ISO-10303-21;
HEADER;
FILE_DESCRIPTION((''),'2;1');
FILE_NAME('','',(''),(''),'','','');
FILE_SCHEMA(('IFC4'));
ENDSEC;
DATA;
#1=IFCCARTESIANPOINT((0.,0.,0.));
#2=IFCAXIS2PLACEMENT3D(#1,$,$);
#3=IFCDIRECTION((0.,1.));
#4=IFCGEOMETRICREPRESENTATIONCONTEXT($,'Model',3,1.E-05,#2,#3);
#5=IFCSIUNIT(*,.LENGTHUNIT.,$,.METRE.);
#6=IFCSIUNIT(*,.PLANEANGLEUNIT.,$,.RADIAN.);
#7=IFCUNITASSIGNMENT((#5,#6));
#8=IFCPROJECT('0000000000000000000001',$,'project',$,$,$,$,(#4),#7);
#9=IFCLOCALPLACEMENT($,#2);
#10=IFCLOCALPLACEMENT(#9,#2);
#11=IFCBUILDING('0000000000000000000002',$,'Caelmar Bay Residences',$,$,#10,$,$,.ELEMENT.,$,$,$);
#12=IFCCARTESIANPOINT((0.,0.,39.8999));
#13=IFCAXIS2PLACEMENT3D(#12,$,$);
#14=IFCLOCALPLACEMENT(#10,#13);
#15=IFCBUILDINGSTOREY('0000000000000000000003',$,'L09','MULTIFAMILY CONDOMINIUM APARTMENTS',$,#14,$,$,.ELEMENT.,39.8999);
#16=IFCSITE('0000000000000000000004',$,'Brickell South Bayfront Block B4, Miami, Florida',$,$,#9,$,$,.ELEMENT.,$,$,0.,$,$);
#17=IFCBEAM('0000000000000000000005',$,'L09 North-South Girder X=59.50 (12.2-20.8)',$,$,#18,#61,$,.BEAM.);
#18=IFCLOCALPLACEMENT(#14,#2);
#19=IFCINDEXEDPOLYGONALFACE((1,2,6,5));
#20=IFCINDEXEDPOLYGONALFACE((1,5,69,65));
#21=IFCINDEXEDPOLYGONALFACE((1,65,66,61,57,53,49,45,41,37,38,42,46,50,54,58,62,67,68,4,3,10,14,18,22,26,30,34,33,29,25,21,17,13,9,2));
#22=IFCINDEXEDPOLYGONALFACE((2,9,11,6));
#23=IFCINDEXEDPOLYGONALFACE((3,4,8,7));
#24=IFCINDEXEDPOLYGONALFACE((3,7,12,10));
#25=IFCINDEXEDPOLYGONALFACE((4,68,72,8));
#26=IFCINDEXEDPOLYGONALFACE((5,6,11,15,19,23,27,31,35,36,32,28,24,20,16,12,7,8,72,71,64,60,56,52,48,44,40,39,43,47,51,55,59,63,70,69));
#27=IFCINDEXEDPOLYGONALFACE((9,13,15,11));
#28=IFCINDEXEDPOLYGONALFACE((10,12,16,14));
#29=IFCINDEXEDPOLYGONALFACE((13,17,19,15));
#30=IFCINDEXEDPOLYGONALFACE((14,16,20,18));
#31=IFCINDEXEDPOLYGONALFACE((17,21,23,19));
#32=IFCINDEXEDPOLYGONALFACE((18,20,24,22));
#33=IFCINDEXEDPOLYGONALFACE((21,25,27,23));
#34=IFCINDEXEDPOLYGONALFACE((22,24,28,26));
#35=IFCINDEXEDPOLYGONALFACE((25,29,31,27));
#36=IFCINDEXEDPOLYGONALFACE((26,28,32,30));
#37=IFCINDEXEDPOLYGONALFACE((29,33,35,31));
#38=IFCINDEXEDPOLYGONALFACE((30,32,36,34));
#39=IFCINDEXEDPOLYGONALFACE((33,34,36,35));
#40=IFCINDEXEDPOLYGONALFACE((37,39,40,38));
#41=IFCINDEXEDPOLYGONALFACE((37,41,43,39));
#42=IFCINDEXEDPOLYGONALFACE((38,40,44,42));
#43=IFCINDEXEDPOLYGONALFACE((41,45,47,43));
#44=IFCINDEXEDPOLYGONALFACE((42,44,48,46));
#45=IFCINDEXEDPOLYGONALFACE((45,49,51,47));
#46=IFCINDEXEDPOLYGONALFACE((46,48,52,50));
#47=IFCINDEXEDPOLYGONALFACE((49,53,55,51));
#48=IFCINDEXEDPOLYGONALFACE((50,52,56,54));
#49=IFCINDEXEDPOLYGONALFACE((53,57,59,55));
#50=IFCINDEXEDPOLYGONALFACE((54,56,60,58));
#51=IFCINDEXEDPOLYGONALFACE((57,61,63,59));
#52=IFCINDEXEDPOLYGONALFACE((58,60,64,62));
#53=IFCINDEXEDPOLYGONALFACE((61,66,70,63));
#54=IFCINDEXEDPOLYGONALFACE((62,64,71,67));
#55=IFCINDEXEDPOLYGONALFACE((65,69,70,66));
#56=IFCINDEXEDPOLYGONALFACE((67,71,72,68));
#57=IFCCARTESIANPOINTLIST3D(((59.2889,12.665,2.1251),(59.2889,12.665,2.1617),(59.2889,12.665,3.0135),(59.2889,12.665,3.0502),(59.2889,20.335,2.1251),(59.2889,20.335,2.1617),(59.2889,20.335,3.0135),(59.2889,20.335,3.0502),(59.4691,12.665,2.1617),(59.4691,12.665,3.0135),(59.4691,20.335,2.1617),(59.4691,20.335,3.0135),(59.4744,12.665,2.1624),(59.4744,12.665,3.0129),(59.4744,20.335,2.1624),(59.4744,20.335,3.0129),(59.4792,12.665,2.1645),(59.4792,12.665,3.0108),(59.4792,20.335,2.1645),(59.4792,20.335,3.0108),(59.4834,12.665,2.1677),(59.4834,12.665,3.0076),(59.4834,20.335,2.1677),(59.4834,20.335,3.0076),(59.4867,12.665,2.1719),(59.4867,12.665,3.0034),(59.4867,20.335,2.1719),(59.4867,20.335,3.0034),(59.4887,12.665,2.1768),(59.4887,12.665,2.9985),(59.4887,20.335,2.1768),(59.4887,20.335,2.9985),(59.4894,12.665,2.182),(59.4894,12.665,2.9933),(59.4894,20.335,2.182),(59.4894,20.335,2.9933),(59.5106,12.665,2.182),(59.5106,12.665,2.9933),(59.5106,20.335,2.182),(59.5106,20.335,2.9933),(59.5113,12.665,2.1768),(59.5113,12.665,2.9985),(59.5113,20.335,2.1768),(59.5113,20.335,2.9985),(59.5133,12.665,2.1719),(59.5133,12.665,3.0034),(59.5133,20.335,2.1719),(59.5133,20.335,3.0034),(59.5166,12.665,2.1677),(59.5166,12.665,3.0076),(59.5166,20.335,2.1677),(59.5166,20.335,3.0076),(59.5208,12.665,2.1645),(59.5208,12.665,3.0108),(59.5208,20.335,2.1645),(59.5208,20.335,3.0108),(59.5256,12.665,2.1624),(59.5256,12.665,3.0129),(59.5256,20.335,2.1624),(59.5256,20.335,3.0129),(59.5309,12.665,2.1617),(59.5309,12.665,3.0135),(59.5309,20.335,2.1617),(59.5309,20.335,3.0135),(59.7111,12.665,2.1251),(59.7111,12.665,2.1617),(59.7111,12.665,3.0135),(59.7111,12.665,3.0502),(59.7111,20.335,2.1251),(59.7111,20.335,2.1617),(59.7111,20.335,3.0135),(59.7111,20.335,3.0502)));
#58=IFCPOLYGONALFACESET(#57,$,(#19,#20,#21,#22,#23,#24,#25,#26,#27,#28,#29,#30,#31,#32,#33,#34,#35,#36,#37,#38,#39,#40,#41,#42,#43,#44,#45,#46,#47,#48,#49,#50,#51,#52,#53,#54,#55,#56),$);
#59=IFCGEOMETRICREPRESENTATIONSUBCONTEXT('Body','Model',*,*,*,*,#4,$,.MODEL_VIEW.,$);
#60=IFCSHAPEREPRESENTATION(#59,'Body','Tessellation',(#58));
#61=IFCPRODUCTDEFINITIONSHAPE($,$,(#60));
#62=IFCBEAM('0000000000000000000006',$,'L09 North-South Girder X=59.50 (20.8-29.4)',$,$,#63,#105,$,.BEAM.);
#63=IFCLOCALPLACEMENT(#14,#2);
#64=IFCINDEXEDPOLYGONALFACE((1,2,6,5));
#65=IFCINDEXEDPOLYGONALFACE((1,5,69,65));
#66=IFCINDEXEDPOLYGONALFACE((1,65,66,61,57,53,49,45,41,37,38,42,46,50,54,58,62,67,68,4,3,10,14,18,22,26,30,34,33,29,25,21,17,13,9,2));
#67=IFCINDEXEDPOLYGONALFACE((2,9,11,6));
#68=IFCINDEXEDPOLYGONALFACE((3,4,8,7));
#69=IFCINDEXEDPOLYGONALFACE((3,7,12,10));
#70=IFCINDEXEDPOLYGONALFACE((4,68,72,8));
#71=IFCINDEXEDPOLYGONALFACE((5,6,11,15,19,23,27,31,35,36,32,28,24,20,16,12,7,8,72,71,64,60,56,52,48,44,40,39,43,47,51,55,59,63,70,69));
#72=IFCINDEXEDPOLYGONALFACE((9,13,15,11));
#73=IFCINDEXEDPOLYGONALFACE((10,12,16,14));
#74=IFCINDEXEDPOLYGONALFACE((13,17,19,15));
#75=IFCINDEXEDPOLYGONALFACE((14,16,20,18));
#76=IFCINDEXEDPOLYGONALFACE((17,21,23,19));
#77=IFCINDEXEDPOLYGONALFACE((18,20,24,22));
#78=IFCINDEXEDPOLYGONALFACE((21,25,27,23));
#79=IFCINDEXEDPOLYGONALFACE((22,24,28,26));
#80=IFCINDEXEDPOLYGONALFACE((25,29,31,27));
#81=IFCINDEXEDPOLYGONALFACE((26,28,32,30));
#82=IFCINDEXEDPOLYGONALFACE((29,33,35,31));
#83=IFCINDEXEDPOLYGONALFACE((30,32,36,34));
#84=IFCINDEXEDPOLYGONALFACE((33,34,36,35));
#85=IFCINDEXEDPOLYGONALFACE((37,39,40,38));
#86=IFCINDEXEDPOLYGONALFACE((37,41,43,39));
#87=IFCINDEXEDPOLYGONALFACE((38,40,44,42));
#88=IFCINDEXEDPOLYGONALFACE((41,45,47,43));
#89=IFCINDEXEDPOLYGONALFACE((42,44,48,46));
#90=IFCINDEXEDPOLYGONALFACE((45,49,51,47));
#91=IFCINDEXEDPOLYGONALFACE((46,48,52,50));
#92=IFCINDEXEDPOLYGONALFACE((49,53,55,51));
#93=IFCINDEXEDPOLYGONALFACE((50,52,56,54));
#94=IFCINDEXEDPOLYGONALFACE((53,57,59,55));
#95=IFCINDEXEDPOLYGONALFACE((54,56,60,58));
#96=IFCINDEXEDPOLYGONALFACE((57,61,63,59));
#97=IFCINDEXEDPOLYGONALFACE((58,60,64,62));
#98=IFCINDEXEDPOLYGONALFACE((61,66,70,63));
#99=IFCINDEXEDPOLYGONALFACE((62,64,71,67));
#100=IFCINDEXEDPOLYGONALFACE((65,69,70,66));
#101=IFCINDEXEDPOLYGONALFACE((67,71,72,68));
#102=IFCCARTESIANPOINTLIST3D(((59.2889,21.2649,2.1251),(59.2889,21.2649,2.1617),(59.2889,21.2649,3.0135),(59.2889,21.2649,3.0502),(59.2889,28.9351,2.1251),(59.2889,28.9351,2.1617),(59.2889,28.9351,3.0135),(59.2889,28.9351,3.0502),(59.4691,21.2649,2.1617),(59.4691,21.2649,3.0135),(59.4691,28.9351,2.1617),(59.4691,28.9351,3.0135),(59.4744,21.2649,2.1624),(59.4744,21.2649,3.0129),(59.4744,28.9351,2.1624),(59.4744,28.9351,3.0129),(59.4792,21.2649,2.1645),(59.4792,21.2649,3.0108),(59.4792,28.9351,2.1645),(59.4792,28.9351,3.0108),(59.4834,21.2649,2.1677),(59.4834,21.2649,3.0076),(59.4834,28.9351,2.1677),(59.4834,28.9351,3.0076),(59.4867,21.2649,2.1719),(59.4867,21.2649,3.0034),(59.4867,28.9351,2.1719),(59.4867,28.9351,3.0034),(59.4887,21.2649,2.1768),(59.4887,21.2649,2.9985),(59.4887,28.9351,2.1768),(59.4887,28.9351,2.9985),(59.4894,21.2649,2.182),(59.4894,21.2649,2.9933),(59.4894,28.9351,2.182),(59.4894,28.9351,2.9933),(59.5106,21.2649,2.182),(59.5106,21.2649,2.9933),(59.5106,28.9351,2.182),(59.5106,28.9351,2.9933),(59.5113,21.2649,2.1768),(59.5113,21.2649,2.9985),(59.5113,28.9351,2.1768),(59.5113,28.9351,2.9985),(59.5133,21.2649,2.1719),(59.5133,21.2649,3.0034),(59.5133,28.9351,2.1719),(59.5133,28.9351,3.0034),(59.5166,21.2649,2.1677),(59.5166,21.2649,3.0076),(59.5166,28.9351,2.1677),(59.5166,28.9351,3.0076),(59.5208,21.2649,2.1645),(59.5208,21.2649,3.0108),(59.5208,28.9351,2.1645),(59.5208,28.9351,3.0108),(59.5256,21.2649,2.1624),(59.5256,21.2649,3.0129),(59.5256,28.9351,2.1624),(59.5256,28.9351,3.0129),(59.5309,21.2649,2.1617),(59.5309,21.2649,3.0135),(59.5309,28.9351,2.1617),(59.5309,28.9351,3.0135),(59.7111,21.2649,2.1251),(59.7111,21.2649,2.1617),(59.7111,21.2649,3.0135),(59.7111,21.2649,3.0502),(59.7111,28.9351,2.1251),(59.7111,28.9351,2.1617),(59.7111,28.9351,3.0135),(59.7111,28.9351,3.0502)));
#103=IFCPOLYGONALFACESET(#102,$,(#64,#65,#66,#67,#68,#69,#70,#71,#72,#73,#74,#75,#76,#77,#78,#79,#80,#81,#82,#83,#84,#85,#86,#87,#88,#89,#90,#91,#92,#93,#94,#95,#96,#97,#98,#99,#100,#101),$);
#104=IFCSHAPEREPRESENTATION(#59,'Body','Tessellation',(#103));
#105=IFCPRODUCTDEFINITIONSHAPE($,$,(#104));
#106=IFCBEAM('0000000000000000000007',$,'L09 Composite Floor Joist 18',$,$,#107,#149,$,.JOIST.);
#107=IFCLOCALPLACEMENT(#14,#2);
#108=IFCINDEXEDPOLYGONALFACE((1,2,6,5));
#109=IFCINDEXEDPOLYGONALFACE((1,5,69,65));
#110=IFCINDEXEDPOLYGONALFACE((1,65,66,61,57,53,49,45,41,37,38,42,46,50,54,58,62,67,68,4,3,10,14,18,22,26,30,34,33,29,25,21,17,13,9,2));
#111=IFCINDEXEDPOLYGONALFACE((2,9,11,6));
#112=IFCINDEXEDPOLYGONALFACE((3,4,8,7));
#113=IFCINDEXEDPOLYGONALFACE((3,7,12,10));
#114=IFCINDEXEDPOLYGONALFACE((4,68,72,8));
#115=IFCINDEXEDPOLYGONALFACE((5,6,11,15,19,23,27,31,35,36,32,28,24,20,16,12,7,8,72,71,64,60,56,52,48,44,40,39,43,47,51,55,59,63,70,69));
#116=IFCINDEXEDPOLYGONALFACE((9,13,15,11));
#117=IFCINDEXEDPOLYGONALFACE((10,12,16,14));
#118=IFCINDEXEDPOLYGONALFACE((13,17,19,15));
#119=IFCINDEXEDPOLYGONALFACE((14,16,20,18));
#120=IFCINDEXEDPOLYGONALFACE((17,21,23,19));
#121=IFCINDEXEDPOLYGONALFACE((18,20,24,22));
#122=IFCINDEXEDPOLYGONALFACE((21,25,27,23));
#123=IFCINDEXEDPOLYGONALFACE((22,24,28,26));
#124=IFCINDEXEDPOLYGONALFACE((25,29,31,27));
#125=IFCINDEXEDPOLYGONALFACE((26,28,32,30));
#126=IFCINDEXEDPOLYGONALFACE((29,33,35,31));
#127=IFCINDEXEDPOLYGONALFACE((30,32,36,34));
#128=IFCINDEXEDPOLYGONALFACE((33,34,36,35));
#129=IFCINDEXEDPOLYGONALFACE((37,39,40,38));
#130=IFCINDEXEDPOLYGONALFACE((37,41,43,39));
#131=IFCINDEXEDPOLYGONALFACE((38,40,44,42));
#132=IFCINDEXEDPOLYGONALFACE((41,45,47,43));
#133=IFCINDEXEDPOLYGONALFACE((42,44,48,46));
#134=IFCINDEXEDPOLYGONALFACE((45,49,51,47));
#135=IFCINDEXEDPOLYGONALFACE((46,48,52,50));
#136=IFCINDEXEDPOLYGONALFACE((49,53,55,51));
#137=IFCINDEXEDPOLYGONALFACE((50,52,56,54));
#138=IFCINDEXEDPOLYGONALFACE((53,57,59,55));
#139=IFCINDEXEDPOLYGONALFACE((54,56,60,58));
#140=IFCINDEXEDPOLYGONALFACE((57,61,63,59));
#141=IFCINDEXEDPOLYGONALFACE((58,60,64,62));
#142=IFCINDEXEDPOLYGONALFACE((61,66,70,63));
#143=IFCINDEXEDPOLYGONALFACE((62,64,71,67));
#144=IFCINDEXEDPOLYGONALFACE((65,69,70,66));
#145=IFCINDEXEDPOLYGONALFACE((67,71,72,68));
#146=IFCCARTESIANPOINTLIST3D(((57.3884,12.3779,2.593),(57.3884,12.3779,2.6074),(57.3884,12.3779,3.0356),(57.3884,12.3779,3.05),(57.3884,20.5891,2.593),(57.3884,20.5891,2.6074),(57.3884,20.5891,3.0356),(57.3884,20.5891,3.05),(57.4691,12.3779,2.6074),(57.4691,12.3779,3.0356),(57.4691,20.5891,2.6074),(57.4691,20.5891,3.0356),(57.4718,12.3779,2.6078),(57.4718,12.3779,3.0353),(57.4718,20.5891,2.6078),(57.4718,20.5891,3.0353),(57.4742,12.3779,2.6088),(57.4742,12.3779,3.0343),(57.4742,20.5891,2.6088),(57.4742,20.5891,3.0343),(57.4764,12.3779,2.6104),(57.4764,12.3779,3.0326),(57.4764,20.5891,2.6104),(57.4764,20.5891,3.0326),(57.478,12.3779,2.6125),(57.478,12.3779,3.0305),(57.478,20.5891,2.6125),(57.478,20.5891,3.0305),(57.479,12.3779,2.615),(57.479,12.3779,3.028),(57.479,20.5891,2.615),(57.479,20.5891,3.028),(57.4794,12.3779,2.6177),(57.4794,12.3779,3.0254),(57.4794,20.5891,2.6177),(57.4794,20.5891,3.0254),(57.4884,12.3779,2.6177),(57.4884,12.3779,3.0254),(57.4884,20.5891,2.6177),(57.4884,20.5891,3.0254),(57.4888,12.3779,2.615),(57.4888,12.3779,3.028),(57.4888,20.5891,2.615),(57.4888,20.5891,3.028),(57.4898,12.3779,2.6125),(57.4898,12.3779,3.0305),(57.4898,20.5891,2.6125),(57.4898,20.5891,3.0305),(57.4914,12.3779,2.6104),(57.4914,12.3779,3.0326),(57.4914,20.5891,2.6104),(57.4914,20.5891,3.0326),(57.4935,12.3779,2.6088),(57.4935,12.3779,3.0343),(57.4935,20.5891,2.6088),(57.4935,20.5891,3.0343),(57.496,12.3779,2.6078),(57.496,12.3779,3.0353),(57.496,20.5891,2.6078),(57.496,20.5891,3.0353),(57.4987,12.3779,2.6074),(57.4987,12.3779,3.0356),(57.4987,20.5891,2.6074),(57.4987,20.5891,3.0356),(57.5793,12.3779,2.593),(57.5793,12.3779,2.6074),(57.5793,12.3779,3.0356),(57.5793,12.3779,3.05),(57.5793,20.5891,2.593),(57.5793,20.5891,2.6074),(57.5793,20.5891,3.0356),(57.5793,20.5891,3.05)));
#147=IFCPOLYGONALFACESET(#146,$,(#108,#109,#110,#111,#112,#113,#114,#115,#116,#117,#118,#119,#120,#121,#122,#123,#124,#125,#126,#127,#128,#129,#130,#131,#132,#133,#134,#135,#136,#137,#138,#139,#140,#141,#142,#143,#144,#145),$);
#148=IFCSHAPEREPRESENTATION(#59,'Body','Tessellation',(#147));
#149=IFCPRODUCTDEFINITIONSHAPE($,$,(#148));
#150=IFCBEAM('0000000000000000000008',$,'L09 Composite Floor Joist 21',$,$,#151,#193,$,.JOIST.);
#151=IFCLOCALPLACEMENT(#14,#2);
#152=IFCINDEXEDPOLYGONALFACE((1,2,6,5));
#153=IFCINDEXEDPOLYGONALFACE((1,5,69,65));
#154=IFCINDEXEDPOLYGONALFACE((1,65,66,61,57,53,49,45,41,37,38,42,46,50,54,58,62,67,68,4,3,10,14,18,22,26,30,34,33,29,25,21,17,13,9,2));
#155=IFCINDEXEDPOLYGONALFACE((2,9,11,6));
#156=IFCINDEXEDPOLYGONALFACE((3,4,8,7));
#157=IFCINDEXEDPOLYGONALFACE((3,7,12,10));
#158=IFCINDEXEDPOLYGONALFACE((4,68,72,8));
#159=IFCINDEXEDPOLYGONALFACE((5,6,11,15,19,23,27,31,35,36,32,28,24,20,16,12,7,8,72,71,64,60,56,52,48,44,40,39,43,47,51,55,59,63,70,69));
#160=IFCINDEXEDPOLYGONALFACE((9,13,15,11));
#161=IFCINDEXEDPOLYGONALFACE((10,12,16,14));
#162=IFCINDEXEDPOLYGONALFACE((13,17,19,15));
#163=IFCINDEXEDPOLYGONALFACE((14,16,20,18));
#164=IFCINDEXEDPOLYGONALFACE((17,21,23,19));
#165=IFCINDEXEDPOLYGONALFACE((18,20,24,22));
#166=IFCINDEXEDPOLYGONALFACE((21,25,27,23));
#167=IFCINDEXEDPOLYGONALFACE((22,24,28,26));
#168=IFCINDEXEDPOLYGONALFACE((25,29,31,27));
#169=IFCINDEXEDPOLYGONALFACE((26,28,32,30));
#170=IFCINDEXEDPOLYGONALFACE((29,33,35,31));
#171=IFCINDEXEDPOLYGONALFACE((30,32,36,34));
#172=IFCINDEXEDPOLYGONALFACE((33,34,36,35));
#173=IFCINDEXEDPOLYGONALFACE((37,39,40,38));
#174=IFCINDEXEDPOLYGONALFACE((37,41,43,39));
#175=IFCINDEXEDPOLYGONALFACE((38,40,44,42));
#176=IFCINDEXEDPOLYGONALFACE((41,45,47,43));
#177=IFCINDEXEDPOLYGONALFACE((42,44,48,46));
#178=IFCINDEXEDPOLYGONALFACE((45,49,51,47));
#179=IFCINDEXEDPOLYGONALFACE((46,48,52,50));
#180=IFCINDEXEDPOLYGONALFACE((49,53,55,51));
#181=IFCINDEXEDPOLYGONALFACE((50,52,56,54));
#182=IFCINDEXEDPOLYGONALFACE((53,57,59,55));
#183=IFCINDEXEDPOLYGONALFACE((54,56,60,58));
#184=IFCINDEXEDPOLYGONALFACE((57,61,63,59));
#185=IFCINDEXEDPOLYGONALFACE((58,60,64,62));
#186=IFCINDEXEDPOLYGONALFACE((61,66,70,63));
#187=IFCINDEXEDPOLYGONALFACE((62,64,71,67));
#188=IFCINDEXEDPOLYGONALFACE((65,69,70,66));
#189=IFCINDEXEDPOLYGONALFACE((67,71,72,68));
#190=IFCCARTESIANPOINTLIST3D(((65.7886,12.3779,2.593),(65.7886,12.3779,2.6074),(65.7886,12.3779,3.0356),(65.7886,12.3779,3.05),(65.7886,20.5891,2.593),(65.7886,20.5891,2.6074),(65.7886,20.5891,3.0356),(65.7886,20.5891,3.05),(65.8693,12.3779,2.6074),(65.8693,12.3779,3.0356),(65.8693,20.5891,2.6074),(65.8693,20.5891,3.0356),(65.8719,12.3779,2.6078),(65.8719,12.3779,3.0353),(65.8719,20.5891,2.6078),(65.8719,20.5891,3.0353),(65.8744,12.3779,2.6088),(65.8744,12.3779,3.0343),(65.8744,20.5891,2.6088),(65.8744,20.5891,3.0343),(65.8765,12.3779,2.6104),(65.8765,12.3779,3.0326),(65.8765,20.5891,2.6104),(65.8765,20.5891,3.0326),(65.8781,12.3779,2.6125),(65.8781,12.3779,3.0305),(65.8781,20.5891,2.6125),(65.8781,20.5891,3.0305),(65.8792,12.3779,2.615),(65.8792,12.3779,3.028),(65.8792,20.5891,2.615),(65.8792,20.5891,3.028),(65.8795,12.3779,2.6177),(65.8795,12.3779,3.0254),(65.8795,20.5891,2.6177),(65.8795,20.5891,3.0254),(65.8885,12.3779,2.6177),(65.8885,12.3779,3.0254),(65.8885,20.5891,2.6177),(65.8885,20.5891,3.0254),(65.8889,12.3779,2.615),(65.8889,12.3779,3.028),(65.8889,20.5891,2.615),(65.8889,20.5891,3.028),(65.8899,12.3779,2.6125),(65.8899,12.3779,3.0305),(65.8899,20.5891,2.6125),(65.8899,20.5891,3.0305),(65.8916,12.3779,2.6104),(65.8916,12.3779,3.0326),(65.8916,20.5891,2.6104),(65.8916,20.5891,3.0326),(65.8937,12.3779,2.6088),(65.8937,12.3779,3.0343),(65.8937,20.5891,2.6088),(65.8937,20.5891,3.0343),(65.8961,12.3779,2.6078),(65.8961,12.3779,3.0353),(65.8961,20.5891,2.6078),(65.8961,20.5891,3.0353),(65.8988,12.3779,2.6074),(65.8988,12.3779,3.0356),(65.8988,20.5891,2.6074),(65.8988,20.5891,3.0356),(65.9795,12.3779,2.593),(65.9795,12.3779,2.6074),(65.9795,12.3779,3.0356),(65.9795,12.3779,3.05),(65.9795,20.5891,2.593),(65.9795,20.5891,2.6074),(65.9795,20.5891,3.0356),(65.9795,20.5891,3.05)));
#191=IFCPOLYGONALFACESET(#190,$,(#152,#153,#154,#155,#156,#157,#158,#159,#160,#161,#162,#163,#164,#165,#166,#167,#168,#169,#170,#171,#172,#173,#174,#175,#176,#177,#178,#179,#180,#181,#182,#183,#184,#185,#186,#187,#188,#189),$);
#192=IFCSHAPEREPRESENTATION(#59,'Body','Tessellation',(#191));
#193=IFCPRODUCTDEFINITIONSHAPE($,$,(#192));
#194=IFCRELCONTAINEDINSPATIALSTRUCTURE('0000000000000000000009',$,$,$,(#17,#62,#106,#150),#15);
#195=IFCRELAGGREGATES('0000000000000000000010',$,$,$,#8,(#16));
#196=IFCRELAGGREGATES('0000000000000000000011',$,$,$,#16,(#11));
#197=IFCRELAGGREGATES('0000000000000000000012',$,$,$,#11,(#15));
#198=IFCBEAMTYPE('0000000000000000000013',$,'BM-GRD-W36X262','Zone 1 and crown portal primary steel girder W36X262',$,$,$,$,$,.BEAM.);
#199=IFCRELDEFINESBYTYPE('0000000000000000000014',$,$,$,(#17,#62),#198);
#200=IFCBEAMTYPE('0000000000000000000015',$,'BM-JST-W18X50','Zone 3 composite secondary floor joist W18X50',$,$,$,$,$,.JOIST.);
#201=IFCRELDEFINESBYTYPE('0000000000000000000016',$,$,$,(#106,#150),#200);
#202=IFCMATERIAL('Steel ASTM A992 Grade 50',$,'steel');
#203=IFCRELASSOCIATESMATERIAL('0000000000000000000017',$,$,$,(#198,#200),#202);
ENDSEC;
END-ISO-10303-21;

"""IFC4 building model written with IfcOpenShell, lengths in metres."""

from ifc_helpers import new_model, si_unit, direction, frame, origin, origin_2d, place, context, subcontext, project, spatial, i_section, extrude, material, material_profile, profile_set, type_object, element, save


model = new_model("IFC4")

# Units and contexts
model_context = context("Model", 3, precision=1e-05, world=origin(), true_north=direction((0.0, 1.0)))
body_context = subcontext(model_context, "Body", "Model", "MODEL_VIEW")
ifc_project = project(units=[si_unit("LENGTHUNIT", "METRE"), si_unit("PLANEANGLEUNIT", "RADIAN")], contexts=[model_context])

# Site, building, storey
site_placement = place(None, origin())
site = spatial("IfcSite", under=ifc_project, at=site_placement, Name="Brickell South Bayfront Block B4, Miami, Florida", CompositionType="ELEMENT", RefElevation=0.0)
building_placement = place(site_placement, origin())
building = spatial("IfcBuilding", under=site, at=building_placement, Name="Caelmar Bay Residences", CompositionType="ELEMENT")
storey_placement = place(building_placement, frame((0.0, 0.0, 39.8999)))
storey = spatial("IfcBuildingStorey", under=building, at=storey_placement, Name="L09", Description="MULTIFAMILY CONDOMINIUM APARTMENTS", CompositionType="ELEMENT", Elevation=39.8999)

# Beams
ifc_material_1 = material(Name="Steel ASTM A992 Grade 50", Category="steel")
ifc_material_profile_1 = material_profile(ifc_material_1, i_section(OverallWidth=0.4221, OverallDepth=0.925, WebThickness=0.0212, FlangeThickness=0.0366, FilletRadius=0.0203, at=origin_2d()), Name="W36X262")
ifc_profile_set_1 = profile_set([ifc_material_profile_1], Name="Steel ASTM A992 Grade 50")
beam_type_1 = type_object("IfcBeamType", Name="BM-GRD-W36X262", Description="Zone 1 and crown portal primary steel girder W36X262", PredefinedType="BEAM", material=ifc_profile_set_1)
for number, where, z_axis, x_axis, name in (
    (1, (59.5, 12.665, 2.5876), (0.0, 1.0, 0.0), (-1.0, 0.0, 0.0), "L09 North-South Girder X=59.50 (12.2-20.8)"),
):
    element("IfcBeam", number, at=place(storey_placement, frame(where, z_axis=z_axis, x_axis=x_axis)), inside=storey, type_object=beam_type_1, Name=name, PredefinedType="BEAM", context=body_context, shape_type="SweptSolid", body=[
        extrude(i_section(OverallWidth=0.4221, OverallDepth=0.925, WebThickness=0.0212, FlangeThickness=0.0366, FilletRadius=0.0203, at=origin_2d()), origin(), (0.0, 0.0, 1.0), 7.6699),
    ])
beam_placement = place(storey_placement, frame((59.5, 21.2649, 2.5876), z_axis=(0.0, 1.0, 0.0), x_axis=(-1.0, 0.0, 0.0)))
element("IfcBeam", 2, at=beam_placement, inside=storey, type_object=beam_type_1, Name="L09 North-South Girder X=59.50 (20.8-29.4)", PredefinedType="BEAM", context=body_context, shape_type="SweptSolid", body=[
    extrude(i_section(OverallWidth=0.4221, OverallDepth=0.925, WebThickness=0.0212, FlangeThickness=0.0366, FilletRadius=0.0203, at=origin_2d()), origin(), (0.0, 0.0, 1.0), 7.6702),
])
ifc_material_profile_2 = material_profile(ifc_material_1, i_section(OverallWidth=0.1909, OverallDepth=0.457, WebThickness=0.009, FlangeThickness=0.0144, FilletRadius=0.0103, at=origin_2d()), Name="W18X50")
ifc_profile_set_2 = profile_set([ifc_material_profile_2], Name="Steel ASTM A992 Grade 50")
beam_type_2 = type_object("IfcBeamType", Name="BM-JST-W18X50", Description="Zone 3 composite secondary floor joist W18X50", PredefinedType="JOIST", material=ifc_profile_set_2)
for number, where, z_axis, x_axis, name in (
    (3, (57.4839, 12.3779, 2.8215), (0.0, 1.0, 0.0), (-1.0, 0.0, 0.0), "L09 Composite Floor Joist 18"),
    (4, (65.884, 12.3779, 2.8215), (0.0, 1.0, 0.0), (-1.0, 0.0, 0.0), "L09 Composite Floor Joist 21"),
):
    element("IfcBeam", number, at=place(storey_placement, frame(where, z_axis=z_axis, x_axis=x_axis)), inside=storey, type_object=beam_type_2, Name=name, PredefinedType="JOIST", context=body_context, shape_type="SweptSolid", body=[
        extrude(i_section(OverallWidth=0.1909, OverallDepth=0.457, WebThickness=0.009, FlangeThickness=0.0144, FilletRadius=0.0103, at=origin_2d()), origin(), (0.0, 0.0, 1.0), 8.2112),
    ])

save(model, "model.ifc")
